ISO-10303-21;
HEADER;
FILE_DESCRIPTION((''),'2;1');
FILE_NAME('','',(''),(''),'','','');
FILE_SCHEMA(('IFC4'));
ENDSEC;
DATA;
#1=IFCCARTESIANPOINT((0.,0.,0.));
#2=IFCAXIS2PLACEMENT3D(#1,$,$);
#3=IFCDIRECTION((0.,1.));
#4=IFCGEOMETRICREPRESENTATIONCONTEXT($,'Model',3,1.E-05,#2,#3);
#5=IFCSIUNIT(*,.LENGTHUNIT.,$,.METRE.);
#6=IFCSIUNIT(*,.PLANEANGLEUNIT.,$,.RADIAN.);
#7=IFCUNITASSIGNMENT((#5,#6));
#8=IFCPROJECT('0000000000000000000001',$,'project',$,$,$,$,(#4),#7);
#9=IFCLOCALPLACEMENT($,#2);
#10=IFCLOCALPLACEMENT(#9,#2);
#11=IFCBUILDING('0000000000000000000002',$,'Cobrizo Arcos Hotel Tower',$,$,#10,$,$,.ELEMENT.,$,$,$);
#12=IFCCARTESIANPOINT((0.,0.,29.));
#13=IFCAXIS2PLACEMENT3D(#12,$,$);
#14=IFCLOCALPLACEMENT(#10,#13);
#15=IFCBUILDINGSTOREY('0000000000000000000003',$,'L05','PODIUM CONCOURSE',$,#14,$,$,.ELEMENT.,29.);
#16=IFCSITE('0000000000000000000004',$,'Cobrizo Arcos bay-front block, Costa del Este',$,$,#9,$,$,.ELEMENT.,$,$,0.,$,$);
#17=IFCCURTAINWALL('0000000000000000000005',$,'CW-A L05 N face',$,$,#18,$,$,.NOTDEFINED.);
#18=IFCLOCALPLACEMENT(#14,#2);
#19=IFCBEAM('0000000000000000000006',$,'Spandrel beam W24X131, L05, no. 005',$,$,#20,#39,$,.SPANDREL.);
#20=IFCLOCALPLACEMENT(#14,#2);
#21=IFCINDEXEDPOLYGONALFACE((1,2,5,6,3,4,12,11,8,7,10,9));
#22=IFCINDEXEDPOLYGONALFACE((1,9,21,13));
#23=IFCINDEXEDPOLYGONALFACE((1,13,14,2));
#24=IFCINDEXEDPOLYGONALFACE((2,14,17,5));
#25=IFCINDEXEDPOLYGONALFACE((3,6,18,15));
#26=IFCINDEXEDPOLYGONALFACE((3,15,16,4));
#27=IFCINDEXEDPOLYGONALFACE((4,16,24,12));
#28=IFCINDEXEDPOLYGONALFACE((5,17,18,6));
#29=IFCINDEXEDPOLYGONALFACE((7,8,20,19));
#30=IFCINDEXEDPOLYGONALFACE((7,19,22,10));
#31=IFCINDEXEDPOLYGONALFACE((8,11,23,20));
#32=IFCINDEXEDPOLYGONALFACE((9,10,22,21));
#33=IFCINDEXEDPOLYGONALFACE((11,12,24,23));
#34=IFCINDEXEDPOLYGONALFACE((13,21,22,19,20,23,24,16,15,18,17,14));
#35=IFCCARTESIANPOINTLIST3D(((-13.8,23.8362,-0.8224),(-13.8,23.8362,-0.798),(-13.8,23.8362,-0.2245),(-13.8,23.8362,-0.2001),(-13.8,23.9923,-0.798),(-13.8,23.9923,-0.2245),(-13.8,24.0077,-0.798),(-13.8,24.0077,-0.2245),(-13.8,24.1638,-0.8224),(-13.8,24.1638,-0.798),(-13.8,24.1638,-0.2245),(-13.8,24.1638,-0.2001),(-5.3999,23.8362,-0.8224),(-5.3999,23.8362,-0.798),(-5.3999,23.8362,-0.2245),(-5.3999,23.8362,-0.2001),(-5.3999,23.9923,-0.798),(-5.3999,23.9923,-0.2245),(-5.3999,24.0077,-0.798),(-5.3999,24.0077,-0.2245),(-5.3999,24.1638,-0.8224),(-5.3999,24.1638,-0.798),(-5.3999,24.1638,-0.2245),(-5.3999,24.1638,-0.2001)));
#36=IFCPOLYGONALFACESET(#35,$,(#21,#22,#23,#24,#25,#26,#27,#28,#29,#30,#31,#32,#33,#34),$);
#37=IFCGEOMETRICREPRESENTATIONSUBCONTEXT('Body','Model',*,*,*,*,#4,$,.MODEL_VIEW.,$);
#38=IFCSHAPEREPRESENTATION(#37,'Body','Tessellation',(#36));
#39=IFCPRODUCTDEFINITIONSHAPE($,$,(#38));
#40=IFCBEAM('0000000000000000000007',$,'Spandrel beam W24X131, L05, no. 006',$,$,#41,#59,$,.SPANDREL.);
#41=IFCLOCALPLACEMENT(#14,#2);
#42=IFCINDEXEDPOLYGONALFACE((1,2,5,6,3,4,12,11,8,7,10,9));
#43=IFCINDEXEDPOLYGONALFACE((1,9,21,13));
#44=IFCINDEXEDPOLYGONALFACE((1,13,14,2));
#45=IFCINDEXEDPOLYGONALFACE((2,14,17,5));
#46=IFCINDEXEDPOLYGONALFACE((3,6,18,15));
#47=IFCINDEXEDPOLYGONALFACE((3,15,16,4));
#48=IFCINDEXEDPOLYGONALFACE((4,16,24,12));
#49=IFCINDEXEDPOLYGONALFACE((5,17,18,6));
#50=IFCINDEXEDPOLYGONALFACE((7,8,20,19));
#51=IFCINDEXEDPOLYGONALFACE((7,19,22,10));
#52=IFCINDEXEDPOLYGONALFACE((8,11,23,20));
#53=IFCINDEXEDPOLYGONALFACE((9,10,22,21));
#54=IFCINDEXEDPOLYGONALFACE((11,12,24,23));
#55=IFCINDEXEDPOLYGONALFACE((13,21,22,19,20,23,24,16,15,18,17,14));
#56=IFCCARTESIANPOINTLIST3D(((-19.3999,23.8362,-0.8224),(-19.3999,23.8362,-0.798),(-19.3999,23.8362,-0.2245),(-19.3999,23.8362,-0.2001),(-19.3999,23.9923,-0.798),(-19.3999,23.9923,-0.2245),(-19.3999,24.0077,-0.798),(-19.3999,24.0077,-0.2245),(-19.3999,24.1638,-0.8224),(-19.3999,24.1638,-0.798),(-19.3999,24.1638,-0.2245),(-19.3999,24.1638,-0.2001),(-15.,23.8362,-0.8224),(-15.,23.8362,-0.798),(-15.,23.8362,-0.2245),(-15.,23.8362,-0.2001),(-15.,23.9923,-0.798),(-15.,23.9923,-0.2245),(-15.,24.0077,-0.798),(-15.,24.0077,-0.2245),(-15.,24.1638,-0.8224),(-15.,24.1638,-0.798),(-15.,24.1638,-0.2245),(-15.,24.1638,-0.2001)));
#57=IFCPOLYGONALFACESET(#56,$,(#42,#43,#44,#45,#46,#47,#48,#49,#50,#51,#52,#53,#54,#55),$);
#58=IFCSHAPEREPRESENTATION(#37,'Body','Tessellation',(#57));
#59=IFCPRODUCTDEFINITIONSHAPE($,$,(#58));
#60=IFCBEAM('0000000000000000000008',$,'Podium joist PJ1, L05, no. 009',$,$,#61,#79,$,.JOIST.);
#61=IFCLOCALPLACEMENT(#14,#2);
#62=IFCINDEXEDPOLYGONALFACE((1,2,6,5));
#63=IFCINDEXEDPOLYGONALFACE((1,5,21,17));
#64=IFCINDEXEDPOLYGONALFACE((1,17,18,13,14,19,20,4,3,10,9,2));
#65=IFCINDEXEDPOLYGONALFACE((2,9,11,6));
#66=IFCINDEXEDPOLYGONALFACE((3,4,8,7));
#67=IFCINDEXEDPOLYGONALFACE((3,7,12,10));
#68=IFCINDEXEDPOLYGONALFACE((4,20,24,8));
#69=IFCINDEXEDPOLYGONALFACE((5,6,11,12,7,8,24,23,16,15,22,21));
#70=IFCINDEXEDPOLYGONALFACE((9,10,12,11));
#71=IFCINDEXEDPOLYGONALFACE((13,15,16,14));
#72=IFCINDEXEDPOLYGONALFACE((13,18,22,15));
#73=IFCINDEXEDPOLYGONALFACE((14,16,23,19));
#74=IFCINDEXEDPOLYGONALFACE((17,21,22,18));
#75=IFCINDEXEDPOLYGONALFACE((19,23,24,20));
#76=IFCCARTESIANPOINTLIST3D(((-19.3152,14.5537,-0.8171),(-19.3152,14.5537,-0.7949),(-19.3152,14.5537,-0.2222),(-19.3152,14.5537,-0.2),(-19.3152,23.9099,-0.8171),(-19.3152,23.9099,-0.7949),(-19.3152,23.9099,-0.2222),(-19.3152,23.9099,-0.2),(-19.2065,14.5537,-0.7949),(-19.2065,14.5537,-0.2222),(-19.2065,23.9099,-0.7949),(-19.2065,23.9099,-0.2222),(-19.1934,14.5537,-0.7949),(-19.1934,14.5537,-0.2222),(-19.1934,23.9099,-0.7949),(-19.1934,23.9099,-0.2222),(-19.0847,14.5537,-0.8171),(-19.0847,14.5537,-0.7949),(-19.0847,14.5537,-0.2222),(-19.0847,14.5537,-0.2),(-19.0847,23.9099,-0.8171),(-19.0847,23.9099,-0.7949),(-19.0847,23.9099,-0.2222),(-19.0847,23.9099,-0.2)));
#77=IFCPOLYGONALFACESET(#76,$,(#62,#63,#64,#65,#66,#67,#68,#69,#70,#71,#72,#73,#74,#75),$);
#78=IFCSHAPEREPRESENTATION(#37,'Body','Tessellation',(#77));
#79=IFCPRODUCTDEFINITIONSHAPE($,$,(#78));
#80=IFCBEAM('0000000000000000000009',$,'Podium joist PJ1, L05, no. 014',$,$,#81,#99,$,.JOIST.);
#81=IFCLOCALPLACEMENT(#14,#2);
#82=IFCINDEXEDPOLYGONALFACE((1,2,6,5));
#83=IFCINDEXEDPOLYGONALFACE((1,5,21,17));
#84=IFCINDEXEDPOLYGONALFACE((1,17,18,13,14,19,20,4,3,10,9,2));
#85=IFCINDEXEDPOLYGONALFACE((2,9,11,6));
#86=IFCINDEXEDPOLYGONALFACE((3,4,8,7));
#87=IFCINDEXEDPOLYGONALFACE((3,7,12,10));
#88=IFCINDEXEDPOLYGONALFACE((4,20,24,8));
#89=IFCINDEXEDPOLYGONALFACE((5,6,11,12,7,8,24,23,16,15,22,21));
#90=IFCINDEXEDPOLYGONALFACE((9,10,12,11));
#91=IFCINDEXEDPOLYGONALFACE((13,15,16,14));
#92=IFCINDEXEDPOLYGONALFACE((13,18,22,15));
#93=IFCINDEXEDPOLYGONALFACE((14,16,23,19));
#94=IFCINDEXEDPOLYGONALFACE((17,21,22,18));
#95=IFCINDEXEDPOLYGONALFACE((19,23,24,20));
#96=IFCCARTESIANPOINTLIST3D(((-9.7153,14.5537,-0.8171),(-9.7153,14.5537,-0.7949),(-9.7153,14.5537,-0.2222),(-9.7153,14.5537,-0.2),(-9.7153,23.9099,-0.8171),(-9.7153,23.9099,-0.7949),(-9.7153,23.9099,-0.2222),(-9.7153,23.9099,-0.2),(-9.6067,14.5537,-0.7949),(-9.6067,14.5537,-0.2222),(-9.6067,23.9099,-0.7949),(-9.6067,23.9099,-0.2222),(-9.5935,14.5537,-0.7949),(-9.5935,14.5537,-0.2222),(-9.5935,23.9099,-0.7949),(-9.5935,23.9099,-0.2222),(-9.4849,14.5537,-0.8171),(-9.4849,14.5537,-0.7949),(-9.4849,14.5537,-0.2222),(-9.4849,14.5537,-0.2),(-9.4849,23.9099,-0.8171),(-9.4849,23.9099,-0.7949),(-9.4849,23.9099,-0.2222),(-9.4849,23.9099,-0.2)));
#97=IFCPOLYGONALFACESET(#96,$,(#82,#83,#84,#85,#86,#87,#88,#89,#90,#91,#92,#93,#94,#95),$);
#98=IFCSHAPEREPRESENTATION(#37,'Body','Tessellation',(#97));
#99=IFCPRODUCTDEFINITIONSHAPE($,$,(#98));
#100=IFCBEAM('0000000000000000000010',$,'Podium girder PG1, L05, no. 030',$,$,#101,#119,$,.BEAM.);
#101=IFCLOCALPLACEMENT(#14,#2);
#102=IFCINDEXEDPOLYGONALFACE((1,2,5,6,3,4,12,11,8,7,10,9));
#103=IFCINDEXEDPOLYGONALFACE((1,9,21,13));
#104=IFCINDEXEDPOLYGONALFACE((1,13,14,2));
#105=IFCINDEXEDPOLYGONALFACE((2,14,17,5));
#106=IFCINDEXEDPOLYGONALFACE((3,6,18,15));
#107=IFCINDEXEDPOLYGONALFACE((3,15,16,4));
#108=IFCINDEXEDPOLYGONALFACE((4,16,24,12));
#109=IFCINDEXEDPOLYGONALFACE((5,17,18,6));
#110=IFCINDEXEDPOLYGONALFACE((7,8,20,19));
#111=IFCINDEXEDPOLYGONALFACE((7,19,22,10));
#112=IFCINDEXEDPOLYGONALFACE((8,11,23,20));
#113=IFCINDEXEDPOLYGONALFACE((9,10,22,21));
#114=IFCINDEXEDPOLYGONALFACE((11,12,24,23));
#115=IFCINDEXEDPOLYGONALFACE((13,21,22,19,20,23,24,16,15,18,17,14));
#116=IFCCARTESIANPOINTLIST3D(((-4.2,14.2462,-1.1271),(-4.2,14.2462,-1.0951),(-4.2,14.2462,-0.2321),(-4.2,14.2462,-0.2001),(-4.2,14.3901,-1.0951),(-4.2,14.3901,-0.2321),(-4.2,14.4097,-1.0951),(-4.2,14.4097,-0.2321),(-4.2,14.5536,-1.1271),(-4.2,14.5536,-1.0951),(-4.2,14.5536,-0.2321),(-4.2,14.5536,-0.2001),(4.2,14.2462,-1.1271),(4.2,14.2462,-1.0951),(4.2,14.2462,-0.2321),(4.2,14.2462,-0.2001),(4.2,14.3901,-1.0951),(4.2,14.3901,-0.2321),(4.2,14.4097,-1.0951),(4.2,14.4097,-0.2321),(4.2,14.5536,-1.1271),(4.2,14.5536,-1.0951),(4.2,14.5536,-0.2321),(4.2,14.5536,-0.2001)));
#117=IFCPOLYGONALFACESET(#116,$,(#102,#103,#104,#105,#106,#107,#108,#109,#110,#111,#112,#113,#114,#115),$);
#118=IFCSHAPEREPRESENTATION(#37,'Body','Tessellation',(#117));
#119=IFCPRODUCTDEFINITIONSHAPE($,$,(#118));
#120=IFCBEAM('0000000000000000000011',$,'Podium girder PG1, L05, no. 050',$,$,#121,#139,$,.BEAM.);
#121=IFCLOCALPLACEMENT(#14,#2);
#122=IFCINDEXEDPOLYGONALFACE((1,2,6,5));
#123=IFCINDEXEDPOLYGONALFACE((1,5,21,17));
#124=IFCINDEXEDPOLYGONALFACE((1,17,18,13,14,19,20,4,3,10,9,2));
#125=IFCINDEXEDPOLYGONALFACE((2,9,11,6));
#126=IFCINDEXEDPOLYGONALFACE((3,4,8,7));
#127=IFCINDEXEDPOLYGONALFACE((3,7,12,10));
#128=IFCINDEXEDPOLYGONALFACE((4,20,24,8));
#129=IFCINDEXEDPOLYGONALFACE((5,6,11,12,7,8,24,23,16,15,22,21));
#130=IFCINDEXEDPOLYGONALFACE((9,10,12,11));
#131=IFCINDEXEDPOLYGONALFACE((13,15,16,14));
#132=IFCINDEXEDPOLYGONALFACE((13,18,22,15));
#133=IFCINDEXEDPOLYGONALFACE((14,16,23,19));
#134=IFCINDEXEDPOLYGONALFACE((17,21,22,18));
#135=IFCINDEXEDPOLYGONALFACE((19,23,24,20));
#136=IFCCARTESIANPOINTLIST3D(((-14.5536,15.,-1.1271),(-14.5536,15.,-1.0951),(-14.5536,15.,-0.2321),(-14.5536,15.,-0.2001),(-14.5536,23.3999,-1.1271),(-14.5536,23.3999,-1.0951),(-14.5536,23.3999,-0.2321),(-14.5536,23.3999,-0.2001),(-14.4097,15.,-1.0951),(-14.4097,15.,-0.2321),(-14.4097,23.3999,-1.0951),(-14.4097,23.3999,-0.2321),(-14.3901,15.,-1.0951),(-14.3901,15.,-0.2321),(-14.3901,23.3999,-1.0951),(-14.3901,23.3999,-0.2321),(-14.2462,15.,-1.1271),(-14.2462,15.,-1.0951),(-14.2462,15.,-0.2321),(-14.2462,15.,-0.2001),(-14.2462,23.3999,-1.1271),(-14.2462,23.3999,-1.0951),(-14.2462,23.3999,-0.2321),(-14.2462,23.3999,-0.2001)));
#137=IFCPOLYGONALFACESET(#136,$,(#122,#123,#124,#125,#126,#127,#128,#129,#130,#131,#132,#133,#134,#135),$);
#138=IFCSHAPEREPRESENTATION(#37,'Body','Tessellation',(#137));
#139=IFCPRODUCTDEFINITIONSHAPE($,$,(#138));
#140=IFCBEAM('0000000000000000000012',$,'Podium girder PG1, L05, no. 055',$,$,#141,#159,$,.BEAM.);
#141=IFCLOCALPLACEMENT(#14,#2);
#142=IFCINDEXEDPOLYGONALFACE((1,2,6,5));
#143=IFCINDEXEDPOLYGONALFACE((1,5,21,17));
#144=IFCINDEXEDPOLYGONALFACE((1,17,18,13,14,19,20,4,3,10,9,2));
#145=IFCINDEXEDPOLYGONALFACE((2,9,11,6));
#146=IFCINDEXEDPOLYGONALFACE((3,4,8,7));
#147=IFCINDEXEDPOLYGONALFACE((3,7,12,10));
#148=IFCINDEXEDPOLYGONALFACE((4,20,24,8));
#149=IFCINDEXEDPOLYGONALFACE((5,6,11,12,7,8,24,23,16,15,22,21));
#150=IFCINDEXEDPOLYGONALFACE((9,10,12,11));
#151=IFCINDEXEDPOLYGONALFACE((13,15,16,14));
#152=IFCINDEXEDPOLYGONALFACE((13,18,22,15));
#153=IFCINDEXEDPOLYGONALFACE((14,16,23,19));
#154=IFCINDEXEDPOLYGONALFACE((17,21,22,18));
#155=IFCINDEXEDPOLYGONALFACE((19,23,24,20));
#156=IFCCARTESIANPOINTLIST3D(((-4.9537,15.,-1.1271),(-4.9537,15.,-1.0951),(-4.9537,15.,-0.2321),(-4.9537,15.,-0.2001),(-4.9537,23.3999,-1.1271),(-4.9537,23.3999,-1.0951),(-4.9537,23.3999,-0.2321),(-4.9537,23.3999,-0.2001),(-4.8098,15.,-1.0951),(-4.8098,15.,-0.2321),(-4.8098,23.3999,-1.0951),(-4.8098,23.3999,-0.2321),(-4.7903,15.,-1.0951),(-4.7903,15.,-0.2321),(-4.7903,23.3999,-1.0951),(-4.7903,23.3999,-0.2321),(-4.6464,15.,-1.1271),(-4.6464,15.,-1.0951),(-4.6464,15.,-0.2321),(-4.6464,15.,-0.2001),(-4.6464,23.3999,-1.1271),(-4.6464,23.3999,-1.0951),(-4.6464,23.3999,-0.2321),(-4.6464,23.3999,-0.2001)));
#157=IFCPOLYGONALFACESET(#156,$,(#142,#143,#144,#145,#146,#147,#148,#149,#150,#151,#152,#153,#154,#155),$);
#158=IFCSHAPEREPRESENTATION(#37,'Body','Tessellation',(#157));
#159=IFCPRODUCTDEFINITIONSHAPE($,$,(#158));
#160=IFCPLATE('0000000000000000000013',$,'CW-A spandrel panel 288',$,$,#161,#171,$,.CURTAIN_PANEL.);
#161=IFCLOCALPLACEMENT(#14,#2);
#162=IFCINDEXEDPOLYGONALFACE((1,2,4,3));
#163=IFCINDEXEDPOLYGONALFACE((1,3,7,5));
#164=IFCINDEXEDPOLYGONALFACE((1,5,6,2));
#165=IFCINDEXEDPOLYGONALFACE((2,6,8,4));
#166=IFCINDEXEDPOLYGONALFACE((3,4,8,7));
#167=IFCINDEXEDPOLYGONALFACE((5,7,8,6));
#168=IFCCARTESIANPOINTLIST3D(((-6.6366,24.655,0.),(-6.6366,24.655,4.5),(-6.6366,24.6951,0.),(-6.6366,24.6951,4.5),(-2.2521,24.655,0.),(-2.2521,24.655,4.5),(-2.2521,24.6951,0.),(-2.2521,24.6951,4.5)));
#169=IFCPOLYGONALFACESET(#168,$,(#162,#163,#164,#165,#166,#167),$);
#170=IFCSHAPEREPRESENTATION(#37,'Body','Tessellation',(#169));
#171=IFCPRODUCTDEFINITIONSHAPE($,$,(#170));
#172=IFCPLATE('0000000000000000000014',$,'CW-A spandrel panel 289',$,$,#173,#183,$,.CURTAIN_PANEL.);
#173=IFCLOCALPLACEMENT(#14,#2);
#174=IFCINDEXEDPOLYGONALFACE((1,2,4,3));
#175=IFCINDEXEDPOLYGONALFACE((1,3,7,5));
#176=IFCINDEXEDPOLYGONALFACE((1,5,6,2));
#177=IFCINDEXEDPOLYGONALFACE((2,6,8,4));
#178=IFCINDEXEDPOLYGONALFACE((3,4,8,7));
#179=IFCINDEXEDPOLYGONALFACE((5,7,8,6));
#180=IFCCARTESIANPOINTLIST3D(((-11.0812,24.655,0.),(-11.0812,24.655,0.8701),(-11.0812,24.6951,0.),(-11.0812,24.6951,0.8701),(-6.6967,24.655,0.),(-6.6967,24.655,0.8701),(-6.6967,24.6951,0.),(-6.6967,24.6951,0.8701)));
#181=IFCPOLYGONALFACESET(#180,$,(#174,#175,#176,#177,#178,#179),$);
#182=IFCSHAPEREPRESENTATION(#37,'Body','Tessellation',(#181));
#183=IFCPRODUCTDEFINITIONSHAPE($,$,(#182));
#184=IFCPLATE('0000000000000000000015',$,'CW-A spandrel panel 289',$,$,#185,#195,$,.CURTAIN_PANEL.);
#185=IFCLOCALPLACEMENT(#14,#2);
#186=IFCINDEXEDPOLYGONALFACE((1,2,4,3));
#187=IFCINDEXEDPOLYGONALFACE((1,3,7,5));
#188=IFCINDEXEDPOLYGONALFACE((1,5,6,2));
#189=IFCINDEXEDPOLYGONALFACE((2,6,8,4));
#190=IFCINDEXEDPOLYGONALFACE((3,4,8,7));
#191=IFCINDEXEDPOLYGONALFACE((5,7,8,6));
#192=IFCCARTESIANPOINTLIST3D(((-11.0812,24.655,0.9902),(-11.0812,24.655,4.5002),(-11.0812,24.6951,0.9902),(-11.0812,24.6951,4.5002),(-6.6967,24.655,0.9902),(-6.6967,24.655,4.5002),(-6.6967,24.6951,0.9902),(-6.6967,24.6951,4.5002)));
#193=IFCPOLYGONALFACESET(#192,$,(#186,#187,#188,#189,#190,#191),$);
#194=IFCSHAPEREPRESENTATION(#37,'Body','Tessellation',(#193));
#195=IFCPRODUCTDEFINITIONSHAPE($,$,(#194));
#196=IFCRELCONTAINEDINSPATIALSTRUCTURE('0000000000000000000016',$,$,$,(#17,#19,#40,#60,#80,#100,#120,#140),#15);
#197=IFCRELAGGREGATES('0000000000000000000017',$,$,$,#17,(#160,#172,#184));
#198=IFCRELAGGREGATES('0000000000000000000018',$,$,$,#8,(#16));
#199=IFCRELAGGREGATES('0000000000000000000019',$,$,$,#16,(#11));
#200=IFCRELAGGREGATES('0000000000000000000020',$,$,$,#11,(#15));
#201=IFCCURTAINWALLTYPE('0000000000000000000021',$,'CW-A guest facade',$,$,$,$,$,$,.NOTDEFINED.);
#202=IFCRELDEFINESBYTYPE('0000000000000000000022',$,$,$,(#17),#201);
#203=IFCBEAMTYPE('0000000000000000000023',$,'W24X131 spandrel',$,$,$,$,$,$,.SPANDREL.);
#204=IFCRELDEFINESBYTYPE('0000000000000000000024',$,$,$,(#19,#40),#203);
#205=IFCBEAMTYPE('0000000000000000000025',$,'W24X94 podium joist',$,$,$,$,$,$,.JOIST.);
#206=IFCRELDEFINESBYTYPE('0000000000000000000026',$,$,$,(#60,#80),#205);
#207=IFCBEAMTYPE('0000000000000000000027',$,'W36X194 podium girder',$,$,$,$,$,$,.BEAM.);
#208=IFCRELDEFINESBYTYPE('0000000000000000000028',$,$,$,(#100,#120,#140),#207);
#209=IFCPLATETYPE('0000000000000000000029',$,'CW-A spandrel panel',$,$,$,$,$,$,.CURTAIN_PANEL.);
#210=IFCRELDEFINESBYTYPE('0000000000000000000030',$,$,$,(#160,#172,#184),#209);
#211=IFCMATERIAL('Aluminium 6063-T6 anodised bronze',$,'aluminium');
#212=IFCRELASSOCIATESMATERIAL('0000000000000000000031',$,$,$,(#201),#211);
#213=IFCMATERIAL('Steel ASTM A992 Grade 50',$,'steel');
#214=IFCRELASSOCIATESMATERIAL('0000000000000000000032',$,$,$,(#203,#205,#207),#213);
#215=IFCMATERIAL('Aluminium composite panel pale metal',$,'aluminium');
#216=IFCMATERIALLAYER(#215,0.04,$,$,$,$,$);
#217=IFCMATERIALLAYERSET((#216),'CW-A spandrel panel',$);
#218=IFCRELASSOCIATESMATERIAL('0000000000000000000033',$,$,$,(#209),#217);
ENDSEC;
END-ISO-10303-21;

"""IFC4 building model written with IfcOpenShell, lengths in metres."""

from ifc_helpers import new_model, si_unit, direction, frame, origin, origin_2d, place, context, subcontext, project, spatial, rectangle, i_section, extrude, material, layer, layer_set, material_profile, profile_set, type_object, element, aggregate, save


model = new_model("IFC4")

# Units and contexts
model_context = context("Model", 3, precision=1e-05, world=origin(), true_north=direction((0.0, 1.0)))
body_context = subcontext(model_context, "Body", "Model", "MODEL_VIEW")
ifc_project = project(units=[si_unit("LENGTHUNIT", "METRE"), si_unit("PLANEANGLEUNIT", "RADIAN")], contexts=[model_context])

# Site, building, storey
site_placement = place(None, origin())
site = spatial("IfcSite", under=ifc_project, at=site_placement, Name="Cobrizo Arcos bay-front block, Costa del Este", CompositionType="ELEMENT", RefElevation=0.0)
building_placement = place(site_placement, origin())
building = spatial("IfcBuilding", under=site, at=building_placement, Name="Cobrizo Arcos Hotel Tower", CompositionType="ELEMENT")
storey_placement = place(building_placement, frame((0.0, 0.0, 29.0)))
storey = spatial("IfcBuildingStorey", under=building, at=storey_placement, Name="L05", Description="PODIUM CONCOURSE", CompositionType="ELEMENT", Elevation=29.0)

# Curtain wall
ifc_material_1 = material(Name="Aluminium 6063-T6 anodised bronze", Category="aluminium")
curtain_wall_type = type_object("IfcCurtainWallType", Name="CW-A guest facade", PredefinedType="NOTDEFINED", material=ifc_material_1)
curtain_wall_placement = place(storey_placement, origin())
curtain_wall = element("IfcCurtainWall", 1, at=curtain_wall_placement, inside=storey, type_object=curtain_wall_type, Name="CW-A L05 N face", PredefinedType="NOTDEFINED")

# Beams
ifc_material_2 = material(Name="Steel ASTM A992 Grade 50", Category="steel")
ifc_material_profile_1 = material_profile(ifc_material_2, i_section(OverallWidth=0.3276, OverallDepth=0.6223, WebThickness=0.0154, FlangeThickness=0.0244, at=origin_2d()), Name="W24X131")
ifc_profile_set_1 = profile_set([ifc_material_profile_1], Name="Steel ASTM A992 Grade 50")
beam_type_1 = type_object("IfcBeamType", Name="W24X131 spandrel", PredefinedType="SPANDREL", material=ifc_profile_set_1)
beam_1_placement = place(storey_placement, frame((-5.3999, 24.0, -0.5112), z_axis=(-1.0, 0.0, 0.0), x_axis=(0.0, -1.0, 0.0)))
element("IfcBeam", 2, at=beam_1_placement, inside=storey, type_object=beam_type_1, Name="Spandrel beam W24X131, L05, no. 005", PredefinedType="SPANDREL", context=body_context, shape_type="SweptSolid", body=[
    extrude(i_section(OverallWidth=0.3276, OverallDepth=0.6223, WebThickness=0.0154, FlangeThickness=0.0244, at=origin_2d()), origin(), (0.0, 0.0, 1.0), 8.4001),
])
beam_2_placement = place(storey_placement, frame((-15.0, 24.0, -0.5112), z_axis=(-1.0, 0.0, 0.0), x_axis=(0.0, -1.0, 0.0)))
element("IfcBeam", 3, at=beam_2_placement, inside=storey, type_object=beam_type_1, Name="Spandrel beam W24X131, L05, no. 006", PredefinedType="SPANDREL", context=body_context, shape_type="SweptSolid", body=[
    extrude(i_section(OverallWidth=0.3276, OverallDepth=0.6223, WebThickness=0.0154, FlangeThickness=0.0244, at=origin_2d()), origin(), (0.0, 0.0, 1.0), 4.3999),
])
ifc_material_profile_2 = material_profile(ifc_material_2, i_section(OverallWidth=0.2305, OverallDepth=0.6172, WebThickness=0.0132, FlangeThickness=0.0222, at=origin_2d()), Name="W24X94")
ifc_profile_set_2 = profile_set([ifc_material_profile_2], Name="Steel ASTM A992 Grade 50")
beam_type_2 = type_object("IfcBeamType", Name="W24X94 podium joist", PredefinedType="JOIST", material=ifc_profile_set_2)
for number, where, z_axis, x_axis, name in (
    (4, (-19.2, 14.5537, -0.5085), (0.0, 1.0, 0.0), (-1.0, 0.0, 0.0), "Podium joist PJ1, L05, no. 009"),
    (5, (-9.6001, 14.5537, -0.5085), (0.0, 1.0, 0.0), (-1.0, 0.0, 0.0), "Podium joist PJ1, L05, no. 014"),
):
    element("IfcBeam", number, at=place(storey_placement, frame(where, z_axis=z_axis, x_axis=x_axis)), inside=storey, type_object=beam_type_2, Name=name, PredefinedType="JOIST", context=body_context, shape_type="SweptSolid", body=[
        extrude(i_section(OverallWidth=0.2305, OverallDepth=0.6172, WebThickness=0.0132, FlangeThickness=0.0222, at=origin_2d()), origin(), (0.0, 0.0, 1.0), 9.3562),
    ])
ifc_material_profile_3 = material_profile(ifc_material_2, i_section(OverallWidth=0.3074, OverallDepth=0.927, WebThickness=0.0195, FlangeThickness=0.032, at=origin_2d()), Name="W36X194")
ifc_profile_set_3 = profile_set([ifc_material_profile_3], Name="Steel ASTM A992 Grade 50")
beam_type_3 = type_object("IfcBeamType", Name="W36X194 podium girder", PredefinedType="BEAM", material=ifc_profile_set_3)
for number, where, z_axis, x_axis, name in (
    (6, (-4.2, 14.3999, -0.6636), (1.0, 0.0, 0.0), (0.0, 1.0, 0.0), "Podium girder PG1, L05, no. 030"),
    (7, (-14.3999, 15.0, -0.6636), (0.0, 1.0, 0.0), (-1.0, 0.0, 0.0), "Podium girder PG1, L05, no. 050"),
    (8, (-4.8, 15.0, -0.6636), (0.0, 1.0, 0.0), (-1.0, 0.0, 0.0), "Podium girder PG1, L05, no. 055"),
):
    element("IfcBeam", number, at=place(storey_placement, frame(where, z_axis=z_axis, x_axis=x_axis)), inside=storey, type_object=beam_type_3, Name=name, PredefinedType="BEAM", context=body_context, shape_type="SweptSolid", body=[
        extrude(i_section(OverallWidth=0.3074, OverallDepth=0.927, WebThickness=0.0195, FlangeThickness=0.032, at=origin_2d()), origin(), (0.0, 0.0, 1.0), 8.3999),
    ])

# Plates
ifc_material_3 = material(Name="Aluminium composite panel pale metal", Category="aluminium")
ifc_layer_1 = layer(ifc_material_3, 0.04)
ifc_layer_set_1 = layer_set([ifc_layer_1], Name="CW-A spandrel panel")
plate_type = type_object("IfcPlateType", Name="CW-A spandrel panel", PredefinedType="CURTAIN_PANEL", material=ifc_layer_set_1)
plate_1_placement = place(storey_placement, frame((-4.4443, 24.675, 0.0), z_axis=(0.0, 0.0, 1.0), x_axis=(-1.0, 0.0, 0.0)))
plate_1 = element("IfcPlate", 9, at=plate_1_placement, type_object=plate_type, Name="CW-A spandrel panel 288", PredefinedType="CURTAIN_PANEL", context=body_context, shape_type="SweptSolid", body=[
    extrude(rectangle(XDim=4.3845, YDim=0.04, at=origin_2d()), origin(), (0.0, 0.0, 1.0), 4.5),
])
plate_2_placement = place(storey_placement, frame((-8.8889, 24.675, 0.0), z_axis=(0.0, 0.0, 1.0), x_axis=(-1.0, 0.0, 0.0)))
plate_2 = element("IfcPlate", 10, at=plate_2_placement, type_object=plate_type, Name="CW-A spandrel panel 289", PredefinedType="CURTAIN_PANEL", context=body_context, shape_type="SweptSolid", body=[
    extrude(rectangle(XDim=4.3845, YDim=0.04, at=origin_2d()), origin(), (0.0, 0.0, 1.0), 0.8701),
])
plate_3_placement = place(storey_placement, frame((-8.8889, 24.675, 0.9902), z_axis=(0.0, 0.0, 1.0), x_axis=(-1.0, 0.0, 0.0)))
plate_3 = element("IfcPlate", 11, at=plate_3_placement, type_object=plate_type, Name="CW-A spandrel panel 289", PredefinedType="CURTAIN_PANEL", context=body_context, shape_type="SweptSolid", body=[
    extrude(rectangle(XDim=4.3845, YDim=0.04, at=origin_2d()), origin(), (0.0, 0.0, 1.0), 3.51),
])
aggregate(curtain_wall, [plate_1, plate_2, plate_3])

save(model, "model.ifc")
